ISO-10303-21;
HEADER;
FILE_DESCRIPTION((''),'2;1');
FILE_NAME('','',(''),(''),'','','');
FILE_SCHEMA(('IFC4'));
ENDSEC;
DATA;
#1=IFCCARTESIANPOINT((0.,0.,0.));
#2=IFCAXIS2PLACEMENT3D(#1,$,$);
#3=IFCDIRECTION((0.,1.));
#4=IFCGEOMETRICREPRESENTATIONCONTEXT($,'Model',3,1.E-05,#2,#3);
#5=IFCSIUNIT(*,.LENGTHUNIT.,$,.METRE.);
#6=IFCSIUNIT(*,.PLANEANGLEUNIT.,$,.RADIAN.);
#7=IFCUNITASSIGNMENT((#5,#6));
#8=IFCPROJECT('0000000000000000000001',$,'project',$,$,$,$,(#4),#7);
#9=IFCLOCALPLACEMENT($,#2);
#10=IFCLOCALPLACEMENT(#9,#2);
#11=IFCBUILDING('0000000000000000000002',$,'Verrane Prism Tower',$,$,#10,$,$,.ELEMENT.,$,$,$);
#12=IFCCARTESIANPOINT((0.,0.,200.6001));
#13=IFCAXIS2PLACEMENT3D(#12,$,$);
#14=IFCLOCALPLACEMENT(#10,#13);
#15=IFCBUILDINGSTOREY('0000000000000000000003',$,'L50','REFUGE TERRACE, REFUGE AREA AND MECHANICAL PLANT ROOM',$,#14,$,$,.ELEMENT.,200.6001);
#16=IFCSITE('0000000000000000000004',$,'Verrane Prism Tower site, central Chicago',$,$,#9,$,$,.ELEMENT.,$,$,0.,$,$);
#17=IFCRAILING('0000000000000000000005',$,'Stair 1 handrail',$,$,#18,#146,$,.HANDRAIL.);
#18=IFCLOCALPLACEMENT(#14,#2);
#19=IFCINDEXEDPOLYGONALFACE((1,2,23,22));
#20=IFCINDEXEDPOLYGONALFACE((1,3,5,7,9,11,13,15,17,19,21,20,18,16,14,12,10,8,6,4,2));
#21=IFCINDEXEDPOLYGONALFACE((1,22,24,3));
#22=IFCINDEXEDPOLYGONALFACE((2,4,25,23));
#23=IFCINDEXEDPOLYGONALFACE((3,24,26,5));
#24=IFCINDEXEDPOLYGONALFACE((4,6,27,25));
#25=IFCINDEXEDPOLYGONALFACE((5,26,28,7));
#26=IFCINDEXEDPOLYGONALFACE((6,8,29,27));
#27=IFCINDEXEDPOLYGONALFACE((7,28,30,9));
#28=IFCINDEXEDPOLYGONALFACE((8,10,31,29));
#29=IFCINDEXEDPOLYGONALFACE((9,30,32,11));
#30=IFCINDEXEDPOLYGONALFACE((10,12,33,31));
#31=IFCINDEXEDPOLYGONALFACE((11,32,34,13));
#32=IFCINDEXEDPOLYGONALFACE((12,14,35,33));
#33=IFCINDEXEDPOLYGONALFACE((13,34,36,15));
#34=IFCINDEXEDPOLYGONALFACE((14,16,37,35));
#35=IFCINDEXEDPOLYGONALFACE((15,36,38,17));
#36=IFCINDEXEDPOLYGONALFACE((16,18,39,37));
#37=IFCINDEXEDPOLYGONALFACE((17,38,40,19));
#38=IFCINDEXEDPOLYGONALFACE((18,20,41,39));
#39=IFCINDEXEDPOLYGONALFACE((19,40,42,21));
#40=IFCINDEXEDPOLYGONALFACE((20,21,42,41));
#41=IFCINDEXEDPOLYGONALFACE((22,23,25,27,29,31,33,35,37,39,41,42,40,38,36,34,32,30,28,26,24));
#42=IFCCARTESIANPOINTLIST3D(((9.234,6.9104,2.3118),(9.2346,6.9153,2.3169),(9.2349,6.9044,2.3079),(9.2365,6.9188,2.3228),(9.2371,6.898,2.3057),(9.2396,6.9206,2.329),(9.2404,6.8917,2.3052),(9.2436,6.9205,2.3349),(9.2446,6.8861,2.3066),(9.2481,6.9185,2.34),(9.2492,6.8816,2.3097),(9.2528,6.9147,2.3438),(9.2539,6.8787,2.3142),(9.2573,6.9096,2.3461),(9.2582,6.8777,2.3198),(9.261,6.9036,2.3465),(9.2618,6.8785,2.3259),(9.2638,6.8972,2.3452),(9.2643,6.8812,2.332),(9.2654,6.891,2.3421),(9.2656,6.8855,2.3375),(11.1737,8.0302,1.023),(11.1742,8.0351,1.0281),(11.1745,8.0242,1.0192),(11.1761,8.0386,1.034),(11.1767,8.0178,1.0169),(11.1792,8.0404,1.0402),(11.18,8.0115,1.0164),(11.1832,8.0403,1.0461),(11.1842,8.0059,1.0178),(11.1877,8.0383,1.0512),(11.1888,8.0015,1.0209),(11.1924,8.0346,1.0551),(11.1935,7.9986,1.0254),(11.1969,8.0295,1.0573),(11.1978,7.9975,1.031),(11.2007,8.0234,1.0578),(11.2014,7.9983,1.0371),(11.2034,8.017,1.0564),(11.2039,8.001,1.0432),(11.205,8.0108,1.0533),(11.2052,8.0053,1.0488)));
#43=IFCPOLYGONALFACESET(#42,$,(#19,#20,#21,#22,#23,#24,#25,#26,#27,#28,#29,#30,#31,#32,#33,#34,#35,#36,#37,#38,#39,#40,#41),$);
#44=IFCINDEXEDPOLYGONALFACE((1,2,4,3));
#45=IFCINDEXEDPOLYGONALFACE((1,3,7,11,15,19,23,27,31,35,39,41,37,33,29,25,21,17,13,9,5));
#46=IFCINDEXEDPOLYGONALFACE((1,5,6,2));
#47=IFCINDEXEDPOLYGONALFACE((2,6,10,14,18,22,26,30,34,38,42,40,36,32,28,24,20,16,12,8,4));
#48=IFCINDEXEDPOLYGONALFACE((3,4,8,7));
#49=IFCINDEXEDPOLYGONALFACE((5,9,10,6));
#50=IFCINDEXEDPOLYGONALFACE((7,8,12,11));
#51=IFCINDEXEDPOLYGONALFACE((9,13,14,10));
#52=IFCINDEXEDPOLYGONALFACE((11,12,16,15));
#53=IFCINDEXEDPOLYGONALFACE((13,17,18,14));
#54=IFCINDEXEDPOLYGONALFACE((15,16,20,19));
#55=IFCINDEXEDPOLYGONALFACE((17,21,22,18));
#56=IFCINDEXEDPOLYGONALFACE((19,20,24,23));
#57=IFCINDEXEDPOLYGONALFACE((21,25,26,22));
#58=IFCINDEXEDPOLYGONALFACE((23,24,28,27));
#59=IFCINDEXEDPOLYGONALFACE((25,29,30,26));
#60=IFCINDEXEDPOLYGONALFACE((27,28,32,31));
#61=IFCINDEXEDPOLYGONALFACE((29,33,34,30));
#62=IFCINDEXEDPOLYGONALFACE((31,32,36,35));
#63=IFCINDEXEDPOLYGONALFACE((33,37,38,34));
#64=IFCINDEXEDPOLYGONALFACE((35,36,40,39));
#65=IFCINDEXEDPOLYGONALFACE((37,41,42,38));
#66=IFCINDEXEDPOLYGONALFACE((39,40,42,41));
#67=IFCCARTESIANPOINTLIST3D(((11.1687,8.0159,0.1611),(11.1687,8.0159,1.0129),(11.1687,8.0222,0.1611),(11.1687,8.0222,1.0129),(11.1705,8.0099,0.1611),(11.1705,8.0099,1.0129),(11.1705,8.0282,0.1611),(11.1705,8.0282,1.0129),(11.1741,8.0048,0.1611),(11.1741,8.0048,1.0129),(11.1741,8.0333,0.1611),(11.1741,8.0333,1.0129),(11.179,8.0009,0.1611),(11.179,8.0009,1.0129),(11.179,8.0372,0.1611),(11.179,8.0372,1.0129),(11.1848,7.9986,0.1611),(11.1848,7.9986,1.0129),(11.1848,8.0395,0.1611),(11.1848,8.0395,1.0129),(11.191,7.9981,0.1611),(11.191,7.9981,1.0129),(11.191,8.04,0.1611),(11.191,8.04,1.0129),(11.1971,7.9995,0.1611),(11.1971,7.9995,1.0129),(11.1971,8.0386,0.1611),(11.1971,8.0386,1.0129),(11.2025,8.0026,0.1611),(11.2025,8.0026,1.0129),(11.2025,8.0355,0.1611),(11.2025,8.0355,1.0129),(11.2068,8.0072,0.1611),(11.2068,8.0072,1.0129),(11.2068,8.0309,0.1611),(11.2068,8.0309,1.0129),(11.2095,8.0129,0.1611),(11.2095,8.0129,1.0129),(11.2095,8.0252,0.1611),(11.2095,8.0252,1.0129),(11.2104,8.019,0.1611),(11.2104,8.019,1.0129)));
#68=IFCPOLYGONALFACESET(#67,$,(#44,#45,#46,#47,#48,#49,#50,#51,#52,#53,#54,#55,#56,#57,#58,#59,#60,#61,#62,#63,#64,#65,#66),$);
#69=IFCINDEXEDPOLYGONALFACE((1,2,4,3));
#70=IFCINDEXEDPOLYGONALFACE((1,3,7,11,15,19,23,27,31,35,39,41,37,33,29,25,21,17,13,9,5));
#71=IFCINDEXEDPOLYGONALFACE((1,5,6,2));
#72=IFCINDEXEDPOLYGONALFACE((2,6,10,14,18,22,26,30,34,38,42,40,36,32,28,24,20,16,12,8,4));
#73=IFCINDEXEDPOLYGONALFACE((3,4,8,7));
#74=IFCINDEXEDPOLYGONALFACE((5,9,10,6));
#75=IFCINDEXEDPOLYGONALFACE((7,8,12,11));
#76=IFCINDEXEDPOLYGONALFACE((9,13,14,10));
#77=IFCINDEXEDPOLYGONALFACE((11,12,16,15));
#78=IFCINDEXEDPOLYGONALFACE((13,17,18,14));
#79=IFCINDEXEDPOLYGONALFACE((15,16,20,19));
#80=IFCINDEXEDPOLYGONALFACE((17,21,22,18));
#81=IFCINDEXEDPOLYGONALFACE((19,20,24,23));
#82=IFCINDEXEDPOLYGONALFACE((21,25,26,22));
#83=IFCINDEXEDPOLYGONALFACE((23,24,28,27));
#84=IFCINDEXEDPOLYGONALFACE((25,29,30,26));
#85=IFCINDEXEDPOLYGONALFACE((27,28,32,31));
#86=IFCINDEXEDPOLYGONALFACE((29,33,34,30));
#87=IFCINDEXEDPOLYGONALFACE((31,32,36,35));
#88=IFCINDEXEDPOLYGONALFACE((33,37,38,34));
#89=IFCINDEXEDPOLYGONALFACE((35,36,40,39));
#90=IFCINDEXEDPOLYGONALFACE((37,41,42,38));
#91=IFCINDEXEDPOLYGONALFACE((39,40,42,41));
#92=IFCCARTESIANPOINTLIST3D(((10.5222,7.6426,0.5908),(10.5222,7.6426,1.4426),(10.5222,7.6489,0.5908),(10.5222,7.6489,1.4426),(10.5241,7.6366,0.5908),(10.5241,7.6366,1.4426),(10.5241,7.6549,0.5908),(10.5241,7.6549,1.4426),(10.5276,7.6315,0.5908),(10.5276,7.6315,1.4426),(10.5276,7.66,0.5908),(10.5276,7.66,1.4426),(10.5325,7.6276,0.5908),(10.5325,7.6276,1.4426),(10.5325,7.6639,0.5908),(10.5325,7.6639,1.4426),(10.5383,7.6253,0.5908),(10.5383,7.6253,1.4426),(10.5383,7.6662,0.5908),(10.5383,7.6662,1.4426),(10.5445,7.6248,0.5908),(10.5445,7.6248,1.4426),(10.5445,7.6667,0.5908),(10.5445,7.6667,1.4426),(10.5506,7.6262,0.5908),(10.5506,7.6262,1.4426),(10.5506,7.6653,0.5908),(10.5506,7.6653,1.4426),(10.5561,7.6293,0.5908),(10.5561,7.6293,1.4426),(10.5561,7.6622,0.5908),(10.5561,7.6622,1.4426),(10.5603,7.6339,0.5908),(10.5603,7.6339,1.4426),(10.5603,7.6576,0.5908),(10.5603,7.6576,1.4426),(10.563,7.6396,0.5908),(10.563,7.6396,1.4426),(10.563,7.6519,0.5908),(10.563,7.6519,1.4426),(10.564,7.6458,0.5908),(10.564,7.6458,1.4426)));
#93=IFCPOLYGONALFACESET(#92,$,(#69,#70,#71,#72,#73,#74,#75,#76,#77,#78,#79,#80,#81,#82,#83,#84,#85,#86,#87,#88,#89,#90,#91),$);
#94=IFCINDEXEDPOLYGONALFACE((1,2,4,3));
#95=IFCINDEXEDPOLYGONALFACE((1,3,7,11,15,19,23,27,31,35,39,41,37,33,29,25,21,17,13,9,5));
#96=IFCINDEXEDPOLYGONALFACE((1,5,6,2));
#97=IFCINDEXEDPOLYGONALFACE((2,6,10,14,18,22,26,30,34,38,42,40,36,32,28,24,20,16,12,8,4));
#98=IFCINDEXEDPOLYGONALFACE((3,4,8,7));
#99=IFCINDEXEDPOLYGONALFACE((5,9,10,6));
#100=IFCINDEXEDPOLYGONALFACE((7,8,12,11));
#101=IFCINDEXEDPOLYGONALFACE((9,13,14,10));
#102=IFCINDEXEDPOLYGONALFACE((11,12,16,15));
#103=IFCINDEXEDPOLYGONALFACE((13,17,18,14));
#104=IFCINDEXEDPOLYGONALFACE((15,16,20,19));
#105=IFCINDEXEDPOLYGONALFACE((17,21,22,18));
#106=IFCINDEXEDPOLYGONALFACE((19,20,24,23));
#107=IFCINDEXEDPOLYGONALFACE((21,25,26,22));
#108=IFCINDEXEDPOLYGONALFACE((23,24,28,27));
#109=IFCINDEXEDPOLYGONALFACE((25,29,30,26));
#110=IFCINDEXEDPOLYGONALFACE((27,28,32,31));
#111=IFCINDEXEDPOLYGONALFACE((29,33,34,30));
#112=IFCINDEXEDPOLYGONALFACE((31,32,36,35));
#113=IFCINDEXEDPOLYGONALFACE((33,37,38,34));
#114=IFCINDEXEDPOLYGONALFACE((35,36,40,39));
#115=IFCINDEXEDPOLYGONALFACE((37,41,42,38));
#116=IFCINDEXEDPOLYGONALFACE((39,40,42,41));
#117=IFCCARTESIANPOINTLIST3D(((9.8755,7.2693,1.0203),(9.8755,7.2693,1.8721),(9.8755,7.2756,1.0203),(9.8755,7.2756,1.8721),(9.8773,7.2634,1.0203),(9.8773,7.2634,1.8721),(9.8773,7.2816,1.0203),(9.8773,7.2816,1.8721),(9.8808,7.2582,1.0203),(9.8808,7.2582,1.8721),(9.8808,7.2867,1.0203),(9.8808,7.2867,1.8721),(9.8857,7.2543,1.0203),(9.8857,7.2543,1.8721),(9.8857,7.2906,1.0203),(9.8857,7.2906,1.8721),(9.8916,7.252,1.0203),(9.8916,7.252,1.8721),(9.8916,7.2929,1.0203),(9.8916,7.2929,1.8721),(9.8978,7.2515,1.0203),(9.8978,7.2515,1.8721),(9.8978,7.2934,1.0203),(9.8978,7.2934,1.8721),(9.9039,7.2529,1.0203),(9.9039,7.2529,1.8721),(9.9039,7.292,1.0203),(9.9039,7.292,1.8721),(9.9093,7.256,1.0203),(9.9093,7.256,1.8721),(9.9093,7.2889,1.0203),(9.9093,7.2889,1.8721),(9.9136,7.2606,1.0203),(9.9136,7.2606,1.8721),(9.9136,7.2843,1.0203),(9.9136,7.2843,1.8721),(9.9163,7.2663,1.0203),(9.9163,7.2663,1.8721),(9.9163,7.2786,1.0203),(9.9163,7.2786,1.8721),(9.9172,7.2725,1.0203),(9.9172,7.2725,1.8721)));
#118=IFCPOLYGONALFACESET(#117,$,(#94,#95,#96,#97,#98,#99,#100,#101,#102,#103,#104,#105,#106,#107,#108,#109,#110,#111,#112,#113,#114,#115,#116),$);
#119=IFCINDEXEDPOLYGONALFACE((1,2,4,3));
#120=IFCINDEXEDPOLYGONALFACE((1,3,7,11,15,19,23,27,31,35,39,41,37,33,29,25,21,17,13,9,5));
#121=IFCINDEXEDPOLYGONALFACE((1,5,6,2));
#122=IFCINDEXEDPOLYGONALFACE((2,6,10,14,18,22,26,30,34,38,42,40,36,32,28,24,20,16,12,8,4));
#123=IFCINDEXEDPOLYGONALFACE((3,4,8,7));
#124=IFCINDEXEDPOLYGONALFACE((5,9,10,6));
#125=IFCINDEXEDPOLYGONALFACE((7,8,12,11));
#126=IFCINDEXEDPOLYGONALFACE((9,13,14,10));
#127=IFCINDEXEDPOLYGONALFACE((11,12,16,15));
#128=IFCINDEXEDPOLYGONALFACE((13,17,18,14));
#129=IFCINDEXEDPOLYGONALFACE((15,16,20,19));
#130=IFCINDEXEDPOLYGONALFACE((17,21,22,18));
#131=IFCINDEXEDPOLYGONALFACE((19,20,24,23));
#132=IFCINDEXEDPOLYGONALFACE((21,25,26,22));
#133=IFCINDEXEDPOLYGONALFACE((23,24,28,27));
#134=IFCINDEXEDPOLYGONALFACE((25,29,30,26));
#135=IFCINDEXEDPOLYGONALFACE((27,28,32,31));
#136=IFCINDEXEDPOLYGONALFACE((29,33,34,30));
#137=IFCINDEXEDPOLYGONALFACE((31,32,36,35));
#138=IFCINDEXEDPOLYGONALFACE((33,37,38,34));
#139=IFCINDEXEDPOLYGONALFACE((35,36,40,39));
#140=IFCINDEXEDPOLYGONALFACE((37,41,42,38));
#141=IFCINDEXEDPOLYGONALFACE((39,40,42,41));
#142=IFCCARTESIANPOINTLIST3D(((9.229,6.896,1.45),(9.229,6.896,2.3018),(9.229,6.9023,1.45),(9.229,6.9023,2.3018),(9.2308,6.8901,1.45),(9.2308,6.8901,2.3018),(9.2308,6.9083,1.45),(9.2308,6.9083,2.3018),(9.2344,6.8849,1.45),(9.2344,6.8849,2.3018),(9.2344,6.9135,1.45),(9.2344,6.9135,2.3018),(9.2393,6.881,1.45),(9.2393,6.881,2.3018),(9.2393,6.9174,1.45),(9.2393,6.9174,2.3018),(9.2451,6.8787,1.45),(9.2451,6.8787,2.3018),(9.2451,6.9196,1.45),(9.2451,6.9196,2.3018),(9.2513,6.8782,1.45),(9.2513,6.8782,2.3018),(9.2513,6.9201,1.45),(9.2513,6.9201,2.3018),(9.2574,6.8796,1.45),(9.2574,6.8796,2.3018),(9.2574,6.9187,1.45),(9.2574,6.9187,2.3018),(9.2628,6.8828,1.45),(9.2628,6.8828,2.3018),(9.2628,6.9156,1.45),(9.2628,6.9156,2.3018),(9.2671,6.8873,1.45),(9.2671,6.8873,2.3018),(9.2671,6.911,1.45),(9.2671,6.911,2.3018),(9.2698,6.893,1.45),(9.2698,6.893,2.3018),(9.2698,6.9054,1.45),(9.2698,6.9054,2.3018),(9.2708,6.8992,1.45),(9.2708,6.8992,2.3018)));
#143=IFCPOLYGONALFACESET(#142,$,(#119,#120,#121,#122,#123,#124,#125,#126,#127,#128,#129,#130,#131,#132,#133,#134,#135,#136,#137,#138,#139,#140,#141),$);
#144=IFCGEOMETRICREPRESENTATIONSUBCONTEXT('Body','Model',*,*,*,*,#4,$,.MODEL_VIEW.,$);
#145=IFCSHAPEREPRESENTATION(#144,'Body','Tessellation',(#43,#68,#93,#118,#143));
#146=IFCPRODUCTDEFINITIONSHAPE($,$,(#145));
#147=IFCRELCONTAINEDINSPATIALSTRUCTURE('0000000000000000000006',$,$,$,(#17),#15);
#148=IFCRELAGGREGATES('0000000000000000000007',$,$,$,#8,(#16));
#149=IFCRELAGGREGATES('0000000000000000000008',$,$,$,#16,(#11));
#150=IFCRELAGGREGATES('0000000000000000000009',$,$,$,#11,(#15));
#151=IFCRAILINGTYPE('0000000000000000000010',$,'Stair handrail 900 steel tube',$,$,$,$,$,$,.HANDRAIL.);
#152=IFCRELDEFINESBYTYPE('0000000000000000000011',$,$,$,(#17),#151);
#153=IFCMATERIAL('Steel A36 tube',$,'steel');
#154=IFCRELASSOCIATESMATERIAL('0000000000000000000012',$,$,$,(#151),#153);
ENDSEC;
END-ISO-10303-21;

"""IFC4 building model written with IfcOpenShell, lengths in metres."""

from ifc_helpers import new_model, si_unit, direction, frame, origin, origin_2d, place, context, subcontext, project, spatial, circle, extrude, material, type_object, element, save


model = new_model("IFC4")

# Units and contexts
model_context = context("Model", 3, precision=1e-05, world=origin(), true_north=direction((0.0, 1.0)))
body_context = subcontext(model_context, "Body", "Model", "MODEL_VIEW")
ifc_project = project(units=[si_unit("LENGTHUNIT", "METRE"), si_unit("PLANEANGLEUNIT", "RADIAN")], contexts=[model_context])

# Site, building, storey
site_placement = place(None, origin())
site = spatial("IfcSite", under=ifc_project, at=site_placement, Name="Verrane Prism Tower site, central Chicago", CompositionType="ELEMENT", RefElevation=0.0)
building_placement = place(site_placement, origin())
building = spatial("IfcBuilding", under=site, at=building_placement, Name="Verrane Prism Tower", CompositionType="ELEMENT")
storey_placement = place(building_placement, frame((0.0, 0.0, 200.6001)))
storey = spatial("IfcBuildingStorey", under=building, at=storey_placement, Name="L50", Description="REFUGE TERRACE, REFUGE AREA AND MECHANICAL PLANT ROOM", CompositionType="ELEMENT", Elevation=200.6001)

# Railing
ifc_material_1 = material(Name="Steel A36 tube", Category="steel")
railing_type_1 = type_object("IfcRailingType", Name="Stair handrail 900 steel tube", PredefinedType="HANDRAIL", material=ifc_material_1)
railing_1_placement = place(storey_placement, frame((11.1895, 8.019, 0.1611)))
element("IfcRailing", 1, at=railing_1_placement, inside=storey, type_object=railing_type_1, Name="Stair 1 handrail", PredefinedType="HANDRAIL", context=body_context, shape_type="SweptSolid", body=[
    extrude(circle(Radius=0.0239, at=origin_2d()), frame((0.0, 0.0, 0.876), z_axis=(-0.750627, -0.43337, 0.498749), x_axis=(0.499996, -0.866028, 0.0)), (0.0, 0.0, 1.0), 2.584),
    extrude(circle(Radius=0.021, at=origin_2d()), origin(), (0.0, 0.0, 1.0), 0.8518),
    extrude(circle(Radius=0.021, at=origin_2d()), frame((-0.6465, -0.3733, 0.4297)), (0.0, 0.0, 1.0), 0.8518),
    extrude(circle(Radius=0.021, at=origin_2d()), frame((-1.2932, -0.7466, 0.8591)), (0.0, 0.0, 1.0), 0.8518),
    extrude(circle(Radius=0.021, at=origin_2d()), frame((-1.9397, -1.1199, 1.2888)), (0.0, 0.0, 1.0), 0.8518),
])

save(model, "model.ifc")
